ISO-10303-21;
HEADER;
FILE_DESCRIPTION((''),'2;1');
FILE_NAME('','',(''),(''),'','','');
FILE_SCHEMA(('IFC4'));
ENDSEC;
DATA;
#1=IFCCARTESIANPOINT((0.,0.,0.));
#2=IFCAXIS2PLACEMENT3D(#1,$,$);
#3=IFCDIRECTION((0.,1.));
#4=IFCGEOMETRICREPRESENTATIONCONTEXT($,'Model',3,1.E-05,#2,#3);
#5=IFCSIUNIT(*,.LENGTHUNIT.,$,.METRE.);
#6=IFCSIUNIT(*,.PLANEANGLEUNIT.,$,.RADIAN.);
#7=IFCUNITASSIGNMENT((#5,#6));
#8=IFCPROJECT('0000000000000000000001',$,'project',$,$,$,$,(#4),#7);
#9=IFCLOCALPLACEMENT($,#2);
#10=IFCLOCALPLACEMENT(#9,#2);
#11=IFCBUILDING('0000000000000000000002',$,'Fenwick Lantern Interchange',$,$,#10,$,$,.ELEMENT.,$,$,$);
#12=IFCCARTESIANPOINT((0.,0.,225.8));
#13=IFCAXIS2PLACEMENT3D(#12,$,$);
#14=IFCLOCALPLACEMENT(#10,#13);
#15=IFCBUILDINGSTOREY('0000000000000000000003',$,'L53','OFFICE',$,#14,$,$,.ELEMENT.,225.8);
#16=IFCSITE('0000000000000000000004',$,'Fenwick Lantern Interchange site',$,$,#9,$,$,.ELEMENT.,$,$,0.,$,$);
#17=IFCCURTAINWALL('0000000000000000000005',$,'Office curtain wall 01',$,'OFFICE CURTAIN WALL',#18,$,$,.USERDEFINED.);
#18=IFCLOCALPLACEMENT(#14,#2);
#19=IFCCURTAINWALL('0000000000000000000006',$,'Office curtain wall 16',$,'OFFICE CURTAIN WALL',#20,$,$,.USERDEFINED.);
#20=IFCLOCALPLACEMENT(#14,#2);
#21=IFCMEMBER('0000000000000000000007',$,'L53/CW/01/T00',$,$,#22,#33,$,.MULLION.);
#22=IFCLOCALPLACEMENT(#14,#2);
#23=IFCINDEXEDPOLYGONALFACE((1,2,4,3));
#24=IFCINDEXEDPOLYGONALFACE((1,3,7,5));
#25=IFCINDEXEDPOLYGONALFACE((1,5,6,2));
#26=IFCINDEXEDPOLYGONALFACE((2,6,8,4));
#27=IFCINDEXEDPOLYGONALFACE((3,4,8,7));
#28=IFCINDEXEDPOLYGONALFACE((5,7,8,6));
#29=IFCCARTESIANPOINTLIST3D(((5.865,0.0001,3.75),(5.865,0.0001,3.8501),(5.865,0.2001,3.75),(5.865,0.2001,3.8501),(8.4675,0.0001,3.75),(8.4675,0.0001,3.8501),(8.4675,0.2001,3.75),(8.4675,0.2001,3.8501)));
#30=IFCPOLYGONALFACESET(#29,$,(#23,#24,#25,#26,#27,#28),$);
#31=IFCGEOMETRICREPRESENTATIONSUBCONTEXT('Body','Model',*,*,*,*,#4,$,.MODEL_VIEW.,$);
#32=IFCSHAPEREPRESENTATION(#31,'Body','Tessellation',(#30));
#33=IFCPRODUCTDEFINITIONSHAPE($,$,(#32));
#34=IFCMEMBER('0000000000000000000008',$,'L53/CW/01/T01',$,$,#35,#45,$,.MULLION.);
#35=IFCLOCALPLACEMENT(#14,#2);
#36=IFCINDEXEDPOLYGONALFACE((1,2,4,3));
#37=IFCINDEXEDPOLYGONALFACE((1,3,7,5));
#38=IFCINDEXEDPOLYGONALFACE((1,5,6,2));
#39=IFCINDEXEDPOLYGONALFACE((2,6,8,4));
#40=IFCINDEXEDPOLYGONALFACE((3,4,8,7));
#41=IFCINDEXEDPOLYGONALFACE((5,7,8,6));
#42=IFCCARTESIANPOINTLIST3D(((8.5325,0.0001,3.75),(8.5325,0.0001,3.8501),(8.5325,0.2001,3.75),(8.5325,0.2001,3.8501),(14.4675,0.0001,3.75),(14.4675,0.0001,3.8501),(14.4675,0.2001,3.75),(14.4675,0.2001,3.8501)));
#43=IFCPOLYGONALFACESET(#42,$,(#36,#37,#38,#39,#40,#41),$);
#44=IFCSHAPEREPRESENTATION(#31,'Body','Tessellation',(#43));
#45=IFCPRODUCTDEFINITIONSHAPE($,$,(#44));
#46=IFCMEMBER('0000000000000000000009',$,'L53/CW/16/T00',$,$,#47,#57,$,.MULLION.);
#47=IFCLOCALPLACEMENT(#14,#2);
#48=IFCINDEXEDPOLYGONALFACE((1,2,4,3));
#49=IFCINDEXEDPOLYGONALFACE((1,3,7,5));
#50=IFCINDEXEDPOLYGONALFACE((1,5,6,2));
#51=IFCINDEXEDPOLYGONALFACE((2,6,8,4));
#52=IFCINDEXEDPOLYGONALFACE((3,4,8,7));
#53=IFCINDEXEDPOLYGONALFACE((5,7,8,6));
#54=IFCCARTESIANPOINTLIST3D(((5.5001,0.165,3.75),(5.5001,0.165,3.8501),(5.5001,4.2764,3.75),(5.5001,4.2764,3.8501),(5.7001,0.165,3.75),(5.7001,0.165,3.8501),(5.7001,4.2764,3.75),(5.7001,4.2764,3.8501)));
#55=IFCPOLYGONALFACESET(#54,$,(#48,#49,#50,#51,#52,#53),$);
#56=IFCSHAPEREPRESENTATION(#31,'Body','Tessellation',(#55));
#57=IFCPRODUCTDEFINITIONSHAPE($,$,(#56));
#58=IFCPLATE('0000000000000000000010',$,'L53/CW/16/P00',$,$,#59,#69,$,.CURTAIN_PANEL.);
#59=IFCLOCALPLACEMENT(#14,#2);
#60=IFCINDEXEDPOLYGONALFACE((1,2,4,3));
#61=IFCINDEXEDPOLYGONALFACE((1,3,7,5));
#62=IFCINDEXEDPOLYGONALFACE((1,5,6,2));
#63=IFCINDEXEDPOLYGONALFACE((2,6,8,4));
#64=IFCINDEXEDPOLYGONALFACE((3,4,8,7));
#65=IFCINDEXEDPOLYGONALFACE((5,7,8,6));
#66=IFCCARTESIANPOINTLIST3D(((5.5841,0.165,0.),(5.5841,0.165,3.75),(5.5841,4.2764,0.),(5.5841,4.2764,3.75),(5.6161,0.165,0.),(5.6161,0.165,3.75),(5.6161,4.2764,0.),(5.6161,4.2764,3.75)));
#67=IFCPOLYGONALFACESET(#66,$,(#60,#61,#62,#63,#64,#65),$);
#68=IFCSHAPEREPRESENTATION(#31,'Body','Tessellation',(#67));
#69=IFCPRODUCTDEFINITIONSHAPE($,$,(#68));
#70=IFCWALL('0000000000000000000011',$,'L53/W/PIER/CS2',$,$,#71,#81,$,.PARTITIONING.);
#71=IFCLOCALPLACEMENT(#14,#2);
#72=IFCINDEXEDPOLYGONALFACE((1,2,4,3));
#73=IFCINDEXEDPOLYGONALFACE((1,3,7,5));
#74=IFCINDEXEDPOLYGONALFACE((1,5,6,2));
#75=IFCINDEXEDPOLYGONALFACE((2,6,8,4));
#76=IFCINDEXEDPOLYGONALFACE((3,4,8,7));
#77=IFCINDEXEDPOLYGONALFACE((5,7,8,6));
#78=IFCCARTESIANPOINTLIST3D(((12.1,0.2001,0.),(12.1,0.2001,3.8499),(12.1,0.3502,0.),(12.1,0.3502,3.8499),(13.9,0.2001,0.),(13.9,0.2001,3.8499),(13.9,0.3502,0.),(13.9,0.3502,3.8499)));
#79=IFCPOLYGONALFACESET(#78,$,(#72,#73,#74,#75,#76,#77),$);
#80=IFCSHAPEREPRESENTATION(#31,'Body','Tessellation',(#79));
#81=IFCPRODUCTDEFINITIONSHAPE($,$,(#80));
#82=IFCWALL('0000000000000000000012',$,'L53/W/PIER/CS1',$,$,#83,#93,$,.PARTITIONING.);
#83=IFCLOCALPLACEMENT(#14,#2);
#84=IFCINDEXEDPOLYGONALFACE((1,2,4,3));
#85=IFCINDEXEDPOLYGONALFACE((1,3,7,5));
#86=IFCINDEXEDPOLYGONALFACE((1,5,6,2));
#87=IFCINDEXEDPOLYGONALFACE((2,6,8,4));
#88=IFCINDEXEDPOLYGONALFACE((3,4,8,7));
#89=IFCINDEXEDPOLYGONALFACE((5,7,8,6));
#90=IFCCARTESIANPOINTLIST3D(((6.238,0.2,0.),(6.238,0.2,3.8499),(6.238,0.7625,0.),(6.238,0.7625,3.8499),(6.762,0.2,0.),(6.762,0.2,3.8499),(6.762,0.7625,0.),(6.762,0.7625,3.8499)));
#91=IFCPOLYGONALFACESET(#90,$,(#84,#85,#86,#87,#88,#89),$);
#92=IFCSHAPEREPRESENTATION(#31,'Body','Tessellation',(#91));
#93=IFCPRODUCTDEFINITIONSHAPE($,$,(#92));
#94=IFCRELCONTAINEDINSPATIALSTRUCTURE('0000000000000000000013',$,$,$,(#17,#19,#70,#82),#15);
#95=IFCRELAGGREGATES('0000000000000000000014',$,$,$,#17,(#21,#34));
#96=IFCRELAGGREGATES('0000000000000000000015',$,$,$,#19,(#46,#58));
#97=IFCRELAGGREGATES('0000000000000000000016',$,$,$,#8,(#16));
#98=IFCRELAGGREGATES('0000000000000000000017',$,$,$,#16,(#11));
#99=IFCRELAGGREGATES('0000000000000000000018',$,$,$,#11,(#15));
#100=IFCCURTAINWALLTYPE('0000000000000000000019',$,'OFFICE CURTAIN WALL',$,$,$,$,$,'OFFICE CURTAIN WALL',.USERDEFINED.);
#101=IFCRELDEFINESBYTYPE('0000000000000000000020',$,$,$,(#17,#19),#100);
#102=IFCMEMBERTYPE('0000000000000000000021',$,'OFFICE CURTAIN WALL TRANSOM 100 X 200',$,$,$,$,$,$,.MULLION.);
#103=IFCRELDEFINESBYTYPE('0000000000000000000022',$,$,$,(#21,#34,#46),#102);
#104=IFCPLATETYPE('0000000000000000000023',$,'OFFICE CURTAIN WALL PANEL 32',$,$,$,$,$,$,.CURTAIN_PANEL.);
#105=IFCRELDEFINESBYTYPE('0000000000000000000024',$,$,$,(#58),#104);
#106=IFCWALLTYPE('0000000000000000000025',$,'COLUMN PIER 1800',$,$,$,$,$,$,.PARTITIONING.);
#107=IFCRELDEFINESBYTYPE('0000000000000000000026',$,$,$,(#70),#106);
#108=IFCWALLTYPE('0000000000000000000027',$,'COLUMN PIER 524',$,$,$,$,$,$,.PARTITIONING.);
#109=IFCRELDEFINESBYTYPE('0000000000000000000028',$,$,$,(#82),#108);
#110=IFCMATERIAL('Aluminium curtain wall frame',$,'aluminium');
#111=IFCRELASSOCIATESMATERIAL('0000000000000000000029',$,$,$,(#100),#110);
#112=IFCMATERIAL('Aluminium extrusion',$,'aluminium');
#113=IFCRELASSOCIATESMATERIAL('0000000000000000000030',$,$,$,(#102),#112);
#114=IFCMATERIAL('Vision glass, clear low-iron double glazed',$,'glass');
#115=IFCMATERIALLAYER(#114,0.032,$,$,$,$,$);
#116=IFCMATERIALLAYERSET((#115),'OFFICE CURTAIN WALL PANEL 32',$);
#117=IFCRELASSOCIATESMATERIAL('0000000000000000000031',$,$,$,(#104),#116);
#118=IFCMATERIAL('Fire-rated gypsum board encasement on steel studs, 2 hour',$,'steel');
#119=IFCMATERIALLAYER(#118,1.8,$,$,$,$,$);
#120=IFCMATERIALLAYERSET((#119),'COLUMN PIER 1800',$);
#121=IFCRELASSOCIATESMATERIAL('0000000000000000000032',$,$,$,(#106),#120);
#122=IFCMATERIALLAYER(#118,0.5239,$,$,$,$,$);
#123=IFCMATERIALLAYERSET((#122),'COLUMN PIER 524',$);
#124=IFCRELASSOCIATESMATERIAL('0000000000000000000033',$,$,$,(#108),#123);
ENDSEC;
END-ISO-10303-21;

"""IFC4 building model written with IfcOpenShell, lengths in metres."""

from ifc_helpers import new_model, si_unit, direction, frame, frame_2d, origin, origin_2d, place, context, subcontext, project, spatial, rectangle, extrude, material, layer, layer_set, material_profile, profile_set, type_object, element, aggregate, save


model = new_model("IFC4")

# Units and contexts
model_context = context("Model", 3, precision=1e-05, world=origin(), true_north=direction((0.0, 1.0)))
body_context = subcontext(model_context, "Body", "Model", "MODEL_VIEW")
ifc_project = project(units=[si_unit("LENGTHUNIT", "METRE"), si_unit("PLANEANGLEUNIT", "RADIAN")], contexts=[model_context])

# Site, building, storey
site_placement = place(None, origin())
site = spatial("IfcSite", under=ifc_project, at=site_placement, Name="Fenwick Lantern Interchange site", CompositionType="ELEMENT", RefElevation=0.0)
building_placement = place(site_placement, origin())
building = spatial("IfcBuilding", under=site, at=building_placement, Name="Fenwick Lantern Interchange", CompositionType="ELEMENT")
storey_placement = place(building_placement, frame((0.0, 0.0, 225.8)))
storey = spatial("IfcBuildingStorey", under=building, at=storey_placement, Name="L53", Description="OFFICE", CompositionType="ELEMENT", Elevation=225.8)

# Curtain walls
ifc_material_1 = material(Name="Aluminium curtain wall frame", Category="aluminium")
curtain_wall_type = type_object("IfcCurtainWallType", Name="OFFICE CURTAIN WALL", ElementType="OFFICE CURTAIN WALL", PredefinedType="USERDEFINED", material=ifc_material_1)
curtain_wall_1_placement = place(storey_placement, origin())
curtain_wall_1 = element("IfcCurtainWall", 1, at=curtain_wall_1_placement, inside=storey, type_object=curtain_wall_type, Name="Office curtain wall 01", ObjectType="OFFICE CURTAIN WALL", PredefinedType="USERDEFINED")
ifc_material_2 = material(Name="Aluminium extrusion", Category="aluminium")
curtain_wall_2_placement = place(storey_placement, origin())
curtain_wall_2 = element("IfcCurtainWall", 2, at=curtain_wall_2_placement, inside=storey, type_object=curtain_wall_type, Name="Office curtain wall 16", ObjectType="OFFICE CURTAIN WALL", PredefinedType="USERDEFINED")

# Members
ifc_material_profile_1 = material_profile(ifc_material_2, rectangle(XDim=0.2, YDim=0.1001, at=origin_2d()), Name="OFFICE CURTAIN WALL TRANSOM 100 X 200")
ifc_profile_set_1 = profile_set([ifc_material_profile_1], Name="Aluminium extrusion")
member_type_1 = type_object("IfcMemberType", Name="OFFICE CURTAIN WALL TRANSOM 100 X 200", PredefinedType="MULLION", material=ifc_profile_set_1)
member_1_placement = place(storey_placement, frame((5.865, 0.1001, 3.8), z_axis=(1.0, 0.0, 0.0), x_axis=(0.0, 1.0, 0.0)))
member_1 = element("IfcMember", 3, at=member_1_placement, type_object=member_type_1, Name="L53/CW/01/T00", PredefinedType="MULLION", context=body_context, shape_type="SweptSolid", body=[
    extrude(rectangle(XDim=0.2, YDim=0.1001, at=origin_2d()), origin(), (0.0, 0.0, 1.0), 2.6025),
])
member_2_placement = place(storey_placement, frame((8.5325, 0.1001, 3.8), z_axis=(1.0, 0.0, 0.0), x_axis=(0.0, 1.0, 0.0)))
member_2 = element("IfcMember", 4, at=member_2_placement, type_object=member_type_1, Name="L53/CW/01/T01", PredefinedType="MULLION", context=body_context, shape_type="SweptSolid", body=[
    extrude(rectangle(XDim=0.2, YDim=0.1001, at=origin_2d()), origin(), (0.0, 0.0, 1.0), 5.9351),
])
member_3_placement = place(storey_placement, frame((5.6001, 4.2764, 3.8), z_axis=(0.0, -1.0, 0.0), x_axis=(1.0, 0.0, 0.0)))
member_3 = element("IfcMember", 5, at=member_3_placement, type_object=member_type_1, Name="L53/CW/16/T00", PredefinedType="MULLION", context=body_context, shape_type="SweptSolid", body=[
    extrude(rectangle(XDim=0.2, YDim=0.1001, at=origin_2d()), origin(), (0.0, 0.0, 1.0), 4.1113),
])

# Plate
ifc_material_3 = material(Name="Vision glass, clear low-iron double glazed", Category="glass")
ifc_layer_1 = layer(ifc_material_3, 0.032)
ifc_layer_set_1 = layer_set([ifc_layer_1], Name="OFFICE CURTAIN WALL PANEL 32")
plate_type = type_object("IfcPlateType", Name="OFFICE CURTAIN WALL PANEL 32", PredefinedType="CURTAIN_PANEL", material=ifc_layer_set_1)
aggregate(curtain_wall_1, [member_1, member_2])
plate_1_placement = place(storey_placement, frame((5.6001, 2.2207, 0.0), z_axis=(0.0, 0.0, 1.0), x_axis=(0.0, -1.0, 0.0)))
plate_1 = element("IfcPlate", 6, at=plate_1_placement, type_object=plate_type, Name="L53/CW/16/P00", PredefinedType="CURTAIN_PANEL", context=body_context, shape_type="SweptSolid", body=[
    extrude(rectangle(XDim=4.1113, YDim=0.032, at=origin_2d()), origin(), (0.0, 0.0, 1.0), 3.75),
])
aggregate(curtain_wall_2, [member_3, plate_1])

# Walls
ifc_material_4 = material(Name="Fire-rated gypsum board encasement on steel studs, 2 hour", Category="steel")
ifc_layer_2 = layer(ifc_material_4, 1.8)
ifc_layer_set_2 = layer_set([ifc_layer_2], Name="COLUMN PIER 1800")
wall_type_1 = type_object("IfcWallType", Name="COLUMN PIER 1800", PredefinedType="PARTITIONING", material=ifc_layer_set_2)
wall_1_placement = place(storey_placement, frame((13.0, 0.2, 0.0), z_axis=(0.0, 0.0, 1.0), x_axis=(0.0, 1.0, 0.0)))
element("IfcWall", 7, at=wall_1_placement, inside=storey, type_object=wall_type_1, Name="L53/W/PIER/CS2", PredefinedType="PARTITIONING", context=body_context, shape_type="SweptSolid", body=[
    extrude(rectangle(XDim=0.1501, YDim=1.8, at=frame_2d((0.0752, 0.0))), origin(), (0.0, 0.0, 1.0), 3.8499),
])
ifc_layer_3 = layer(ifc_material_4, 0.5239)
ifc_layer_set_3 = layer_set([ifc_layer_3], Name="COLUMN PIER 524")
wall_type_2 = type_object("IfcWallType", Name="COLUMN PIER 524", PredefinedType="PARTITIONING", material=ifc_layer_set_3)
wall_2_placement = place(storey_placement, frame((6.5, 0.2, 0.0), z_axis=(0.0, 0.0, 1.0), x_axis=(0.0, 1.0, 0.0)))
element("IfcWall", 8, at=wall_2_placement, inside=storey, type_object=wall_type_2, Name="L53/W/PIER/CS1", PredefinedType="PARTITIONING", context=body_context, shape_type="SweptSolid", body=[
    extrude(rectangle(XDim=0.5625, YDim=0.5239, at=frame_2d((0.2812, 0.0))), origin(), (0.0, 0.0, 1.0), 3.8499),
])

save(model, "model.ifc")
